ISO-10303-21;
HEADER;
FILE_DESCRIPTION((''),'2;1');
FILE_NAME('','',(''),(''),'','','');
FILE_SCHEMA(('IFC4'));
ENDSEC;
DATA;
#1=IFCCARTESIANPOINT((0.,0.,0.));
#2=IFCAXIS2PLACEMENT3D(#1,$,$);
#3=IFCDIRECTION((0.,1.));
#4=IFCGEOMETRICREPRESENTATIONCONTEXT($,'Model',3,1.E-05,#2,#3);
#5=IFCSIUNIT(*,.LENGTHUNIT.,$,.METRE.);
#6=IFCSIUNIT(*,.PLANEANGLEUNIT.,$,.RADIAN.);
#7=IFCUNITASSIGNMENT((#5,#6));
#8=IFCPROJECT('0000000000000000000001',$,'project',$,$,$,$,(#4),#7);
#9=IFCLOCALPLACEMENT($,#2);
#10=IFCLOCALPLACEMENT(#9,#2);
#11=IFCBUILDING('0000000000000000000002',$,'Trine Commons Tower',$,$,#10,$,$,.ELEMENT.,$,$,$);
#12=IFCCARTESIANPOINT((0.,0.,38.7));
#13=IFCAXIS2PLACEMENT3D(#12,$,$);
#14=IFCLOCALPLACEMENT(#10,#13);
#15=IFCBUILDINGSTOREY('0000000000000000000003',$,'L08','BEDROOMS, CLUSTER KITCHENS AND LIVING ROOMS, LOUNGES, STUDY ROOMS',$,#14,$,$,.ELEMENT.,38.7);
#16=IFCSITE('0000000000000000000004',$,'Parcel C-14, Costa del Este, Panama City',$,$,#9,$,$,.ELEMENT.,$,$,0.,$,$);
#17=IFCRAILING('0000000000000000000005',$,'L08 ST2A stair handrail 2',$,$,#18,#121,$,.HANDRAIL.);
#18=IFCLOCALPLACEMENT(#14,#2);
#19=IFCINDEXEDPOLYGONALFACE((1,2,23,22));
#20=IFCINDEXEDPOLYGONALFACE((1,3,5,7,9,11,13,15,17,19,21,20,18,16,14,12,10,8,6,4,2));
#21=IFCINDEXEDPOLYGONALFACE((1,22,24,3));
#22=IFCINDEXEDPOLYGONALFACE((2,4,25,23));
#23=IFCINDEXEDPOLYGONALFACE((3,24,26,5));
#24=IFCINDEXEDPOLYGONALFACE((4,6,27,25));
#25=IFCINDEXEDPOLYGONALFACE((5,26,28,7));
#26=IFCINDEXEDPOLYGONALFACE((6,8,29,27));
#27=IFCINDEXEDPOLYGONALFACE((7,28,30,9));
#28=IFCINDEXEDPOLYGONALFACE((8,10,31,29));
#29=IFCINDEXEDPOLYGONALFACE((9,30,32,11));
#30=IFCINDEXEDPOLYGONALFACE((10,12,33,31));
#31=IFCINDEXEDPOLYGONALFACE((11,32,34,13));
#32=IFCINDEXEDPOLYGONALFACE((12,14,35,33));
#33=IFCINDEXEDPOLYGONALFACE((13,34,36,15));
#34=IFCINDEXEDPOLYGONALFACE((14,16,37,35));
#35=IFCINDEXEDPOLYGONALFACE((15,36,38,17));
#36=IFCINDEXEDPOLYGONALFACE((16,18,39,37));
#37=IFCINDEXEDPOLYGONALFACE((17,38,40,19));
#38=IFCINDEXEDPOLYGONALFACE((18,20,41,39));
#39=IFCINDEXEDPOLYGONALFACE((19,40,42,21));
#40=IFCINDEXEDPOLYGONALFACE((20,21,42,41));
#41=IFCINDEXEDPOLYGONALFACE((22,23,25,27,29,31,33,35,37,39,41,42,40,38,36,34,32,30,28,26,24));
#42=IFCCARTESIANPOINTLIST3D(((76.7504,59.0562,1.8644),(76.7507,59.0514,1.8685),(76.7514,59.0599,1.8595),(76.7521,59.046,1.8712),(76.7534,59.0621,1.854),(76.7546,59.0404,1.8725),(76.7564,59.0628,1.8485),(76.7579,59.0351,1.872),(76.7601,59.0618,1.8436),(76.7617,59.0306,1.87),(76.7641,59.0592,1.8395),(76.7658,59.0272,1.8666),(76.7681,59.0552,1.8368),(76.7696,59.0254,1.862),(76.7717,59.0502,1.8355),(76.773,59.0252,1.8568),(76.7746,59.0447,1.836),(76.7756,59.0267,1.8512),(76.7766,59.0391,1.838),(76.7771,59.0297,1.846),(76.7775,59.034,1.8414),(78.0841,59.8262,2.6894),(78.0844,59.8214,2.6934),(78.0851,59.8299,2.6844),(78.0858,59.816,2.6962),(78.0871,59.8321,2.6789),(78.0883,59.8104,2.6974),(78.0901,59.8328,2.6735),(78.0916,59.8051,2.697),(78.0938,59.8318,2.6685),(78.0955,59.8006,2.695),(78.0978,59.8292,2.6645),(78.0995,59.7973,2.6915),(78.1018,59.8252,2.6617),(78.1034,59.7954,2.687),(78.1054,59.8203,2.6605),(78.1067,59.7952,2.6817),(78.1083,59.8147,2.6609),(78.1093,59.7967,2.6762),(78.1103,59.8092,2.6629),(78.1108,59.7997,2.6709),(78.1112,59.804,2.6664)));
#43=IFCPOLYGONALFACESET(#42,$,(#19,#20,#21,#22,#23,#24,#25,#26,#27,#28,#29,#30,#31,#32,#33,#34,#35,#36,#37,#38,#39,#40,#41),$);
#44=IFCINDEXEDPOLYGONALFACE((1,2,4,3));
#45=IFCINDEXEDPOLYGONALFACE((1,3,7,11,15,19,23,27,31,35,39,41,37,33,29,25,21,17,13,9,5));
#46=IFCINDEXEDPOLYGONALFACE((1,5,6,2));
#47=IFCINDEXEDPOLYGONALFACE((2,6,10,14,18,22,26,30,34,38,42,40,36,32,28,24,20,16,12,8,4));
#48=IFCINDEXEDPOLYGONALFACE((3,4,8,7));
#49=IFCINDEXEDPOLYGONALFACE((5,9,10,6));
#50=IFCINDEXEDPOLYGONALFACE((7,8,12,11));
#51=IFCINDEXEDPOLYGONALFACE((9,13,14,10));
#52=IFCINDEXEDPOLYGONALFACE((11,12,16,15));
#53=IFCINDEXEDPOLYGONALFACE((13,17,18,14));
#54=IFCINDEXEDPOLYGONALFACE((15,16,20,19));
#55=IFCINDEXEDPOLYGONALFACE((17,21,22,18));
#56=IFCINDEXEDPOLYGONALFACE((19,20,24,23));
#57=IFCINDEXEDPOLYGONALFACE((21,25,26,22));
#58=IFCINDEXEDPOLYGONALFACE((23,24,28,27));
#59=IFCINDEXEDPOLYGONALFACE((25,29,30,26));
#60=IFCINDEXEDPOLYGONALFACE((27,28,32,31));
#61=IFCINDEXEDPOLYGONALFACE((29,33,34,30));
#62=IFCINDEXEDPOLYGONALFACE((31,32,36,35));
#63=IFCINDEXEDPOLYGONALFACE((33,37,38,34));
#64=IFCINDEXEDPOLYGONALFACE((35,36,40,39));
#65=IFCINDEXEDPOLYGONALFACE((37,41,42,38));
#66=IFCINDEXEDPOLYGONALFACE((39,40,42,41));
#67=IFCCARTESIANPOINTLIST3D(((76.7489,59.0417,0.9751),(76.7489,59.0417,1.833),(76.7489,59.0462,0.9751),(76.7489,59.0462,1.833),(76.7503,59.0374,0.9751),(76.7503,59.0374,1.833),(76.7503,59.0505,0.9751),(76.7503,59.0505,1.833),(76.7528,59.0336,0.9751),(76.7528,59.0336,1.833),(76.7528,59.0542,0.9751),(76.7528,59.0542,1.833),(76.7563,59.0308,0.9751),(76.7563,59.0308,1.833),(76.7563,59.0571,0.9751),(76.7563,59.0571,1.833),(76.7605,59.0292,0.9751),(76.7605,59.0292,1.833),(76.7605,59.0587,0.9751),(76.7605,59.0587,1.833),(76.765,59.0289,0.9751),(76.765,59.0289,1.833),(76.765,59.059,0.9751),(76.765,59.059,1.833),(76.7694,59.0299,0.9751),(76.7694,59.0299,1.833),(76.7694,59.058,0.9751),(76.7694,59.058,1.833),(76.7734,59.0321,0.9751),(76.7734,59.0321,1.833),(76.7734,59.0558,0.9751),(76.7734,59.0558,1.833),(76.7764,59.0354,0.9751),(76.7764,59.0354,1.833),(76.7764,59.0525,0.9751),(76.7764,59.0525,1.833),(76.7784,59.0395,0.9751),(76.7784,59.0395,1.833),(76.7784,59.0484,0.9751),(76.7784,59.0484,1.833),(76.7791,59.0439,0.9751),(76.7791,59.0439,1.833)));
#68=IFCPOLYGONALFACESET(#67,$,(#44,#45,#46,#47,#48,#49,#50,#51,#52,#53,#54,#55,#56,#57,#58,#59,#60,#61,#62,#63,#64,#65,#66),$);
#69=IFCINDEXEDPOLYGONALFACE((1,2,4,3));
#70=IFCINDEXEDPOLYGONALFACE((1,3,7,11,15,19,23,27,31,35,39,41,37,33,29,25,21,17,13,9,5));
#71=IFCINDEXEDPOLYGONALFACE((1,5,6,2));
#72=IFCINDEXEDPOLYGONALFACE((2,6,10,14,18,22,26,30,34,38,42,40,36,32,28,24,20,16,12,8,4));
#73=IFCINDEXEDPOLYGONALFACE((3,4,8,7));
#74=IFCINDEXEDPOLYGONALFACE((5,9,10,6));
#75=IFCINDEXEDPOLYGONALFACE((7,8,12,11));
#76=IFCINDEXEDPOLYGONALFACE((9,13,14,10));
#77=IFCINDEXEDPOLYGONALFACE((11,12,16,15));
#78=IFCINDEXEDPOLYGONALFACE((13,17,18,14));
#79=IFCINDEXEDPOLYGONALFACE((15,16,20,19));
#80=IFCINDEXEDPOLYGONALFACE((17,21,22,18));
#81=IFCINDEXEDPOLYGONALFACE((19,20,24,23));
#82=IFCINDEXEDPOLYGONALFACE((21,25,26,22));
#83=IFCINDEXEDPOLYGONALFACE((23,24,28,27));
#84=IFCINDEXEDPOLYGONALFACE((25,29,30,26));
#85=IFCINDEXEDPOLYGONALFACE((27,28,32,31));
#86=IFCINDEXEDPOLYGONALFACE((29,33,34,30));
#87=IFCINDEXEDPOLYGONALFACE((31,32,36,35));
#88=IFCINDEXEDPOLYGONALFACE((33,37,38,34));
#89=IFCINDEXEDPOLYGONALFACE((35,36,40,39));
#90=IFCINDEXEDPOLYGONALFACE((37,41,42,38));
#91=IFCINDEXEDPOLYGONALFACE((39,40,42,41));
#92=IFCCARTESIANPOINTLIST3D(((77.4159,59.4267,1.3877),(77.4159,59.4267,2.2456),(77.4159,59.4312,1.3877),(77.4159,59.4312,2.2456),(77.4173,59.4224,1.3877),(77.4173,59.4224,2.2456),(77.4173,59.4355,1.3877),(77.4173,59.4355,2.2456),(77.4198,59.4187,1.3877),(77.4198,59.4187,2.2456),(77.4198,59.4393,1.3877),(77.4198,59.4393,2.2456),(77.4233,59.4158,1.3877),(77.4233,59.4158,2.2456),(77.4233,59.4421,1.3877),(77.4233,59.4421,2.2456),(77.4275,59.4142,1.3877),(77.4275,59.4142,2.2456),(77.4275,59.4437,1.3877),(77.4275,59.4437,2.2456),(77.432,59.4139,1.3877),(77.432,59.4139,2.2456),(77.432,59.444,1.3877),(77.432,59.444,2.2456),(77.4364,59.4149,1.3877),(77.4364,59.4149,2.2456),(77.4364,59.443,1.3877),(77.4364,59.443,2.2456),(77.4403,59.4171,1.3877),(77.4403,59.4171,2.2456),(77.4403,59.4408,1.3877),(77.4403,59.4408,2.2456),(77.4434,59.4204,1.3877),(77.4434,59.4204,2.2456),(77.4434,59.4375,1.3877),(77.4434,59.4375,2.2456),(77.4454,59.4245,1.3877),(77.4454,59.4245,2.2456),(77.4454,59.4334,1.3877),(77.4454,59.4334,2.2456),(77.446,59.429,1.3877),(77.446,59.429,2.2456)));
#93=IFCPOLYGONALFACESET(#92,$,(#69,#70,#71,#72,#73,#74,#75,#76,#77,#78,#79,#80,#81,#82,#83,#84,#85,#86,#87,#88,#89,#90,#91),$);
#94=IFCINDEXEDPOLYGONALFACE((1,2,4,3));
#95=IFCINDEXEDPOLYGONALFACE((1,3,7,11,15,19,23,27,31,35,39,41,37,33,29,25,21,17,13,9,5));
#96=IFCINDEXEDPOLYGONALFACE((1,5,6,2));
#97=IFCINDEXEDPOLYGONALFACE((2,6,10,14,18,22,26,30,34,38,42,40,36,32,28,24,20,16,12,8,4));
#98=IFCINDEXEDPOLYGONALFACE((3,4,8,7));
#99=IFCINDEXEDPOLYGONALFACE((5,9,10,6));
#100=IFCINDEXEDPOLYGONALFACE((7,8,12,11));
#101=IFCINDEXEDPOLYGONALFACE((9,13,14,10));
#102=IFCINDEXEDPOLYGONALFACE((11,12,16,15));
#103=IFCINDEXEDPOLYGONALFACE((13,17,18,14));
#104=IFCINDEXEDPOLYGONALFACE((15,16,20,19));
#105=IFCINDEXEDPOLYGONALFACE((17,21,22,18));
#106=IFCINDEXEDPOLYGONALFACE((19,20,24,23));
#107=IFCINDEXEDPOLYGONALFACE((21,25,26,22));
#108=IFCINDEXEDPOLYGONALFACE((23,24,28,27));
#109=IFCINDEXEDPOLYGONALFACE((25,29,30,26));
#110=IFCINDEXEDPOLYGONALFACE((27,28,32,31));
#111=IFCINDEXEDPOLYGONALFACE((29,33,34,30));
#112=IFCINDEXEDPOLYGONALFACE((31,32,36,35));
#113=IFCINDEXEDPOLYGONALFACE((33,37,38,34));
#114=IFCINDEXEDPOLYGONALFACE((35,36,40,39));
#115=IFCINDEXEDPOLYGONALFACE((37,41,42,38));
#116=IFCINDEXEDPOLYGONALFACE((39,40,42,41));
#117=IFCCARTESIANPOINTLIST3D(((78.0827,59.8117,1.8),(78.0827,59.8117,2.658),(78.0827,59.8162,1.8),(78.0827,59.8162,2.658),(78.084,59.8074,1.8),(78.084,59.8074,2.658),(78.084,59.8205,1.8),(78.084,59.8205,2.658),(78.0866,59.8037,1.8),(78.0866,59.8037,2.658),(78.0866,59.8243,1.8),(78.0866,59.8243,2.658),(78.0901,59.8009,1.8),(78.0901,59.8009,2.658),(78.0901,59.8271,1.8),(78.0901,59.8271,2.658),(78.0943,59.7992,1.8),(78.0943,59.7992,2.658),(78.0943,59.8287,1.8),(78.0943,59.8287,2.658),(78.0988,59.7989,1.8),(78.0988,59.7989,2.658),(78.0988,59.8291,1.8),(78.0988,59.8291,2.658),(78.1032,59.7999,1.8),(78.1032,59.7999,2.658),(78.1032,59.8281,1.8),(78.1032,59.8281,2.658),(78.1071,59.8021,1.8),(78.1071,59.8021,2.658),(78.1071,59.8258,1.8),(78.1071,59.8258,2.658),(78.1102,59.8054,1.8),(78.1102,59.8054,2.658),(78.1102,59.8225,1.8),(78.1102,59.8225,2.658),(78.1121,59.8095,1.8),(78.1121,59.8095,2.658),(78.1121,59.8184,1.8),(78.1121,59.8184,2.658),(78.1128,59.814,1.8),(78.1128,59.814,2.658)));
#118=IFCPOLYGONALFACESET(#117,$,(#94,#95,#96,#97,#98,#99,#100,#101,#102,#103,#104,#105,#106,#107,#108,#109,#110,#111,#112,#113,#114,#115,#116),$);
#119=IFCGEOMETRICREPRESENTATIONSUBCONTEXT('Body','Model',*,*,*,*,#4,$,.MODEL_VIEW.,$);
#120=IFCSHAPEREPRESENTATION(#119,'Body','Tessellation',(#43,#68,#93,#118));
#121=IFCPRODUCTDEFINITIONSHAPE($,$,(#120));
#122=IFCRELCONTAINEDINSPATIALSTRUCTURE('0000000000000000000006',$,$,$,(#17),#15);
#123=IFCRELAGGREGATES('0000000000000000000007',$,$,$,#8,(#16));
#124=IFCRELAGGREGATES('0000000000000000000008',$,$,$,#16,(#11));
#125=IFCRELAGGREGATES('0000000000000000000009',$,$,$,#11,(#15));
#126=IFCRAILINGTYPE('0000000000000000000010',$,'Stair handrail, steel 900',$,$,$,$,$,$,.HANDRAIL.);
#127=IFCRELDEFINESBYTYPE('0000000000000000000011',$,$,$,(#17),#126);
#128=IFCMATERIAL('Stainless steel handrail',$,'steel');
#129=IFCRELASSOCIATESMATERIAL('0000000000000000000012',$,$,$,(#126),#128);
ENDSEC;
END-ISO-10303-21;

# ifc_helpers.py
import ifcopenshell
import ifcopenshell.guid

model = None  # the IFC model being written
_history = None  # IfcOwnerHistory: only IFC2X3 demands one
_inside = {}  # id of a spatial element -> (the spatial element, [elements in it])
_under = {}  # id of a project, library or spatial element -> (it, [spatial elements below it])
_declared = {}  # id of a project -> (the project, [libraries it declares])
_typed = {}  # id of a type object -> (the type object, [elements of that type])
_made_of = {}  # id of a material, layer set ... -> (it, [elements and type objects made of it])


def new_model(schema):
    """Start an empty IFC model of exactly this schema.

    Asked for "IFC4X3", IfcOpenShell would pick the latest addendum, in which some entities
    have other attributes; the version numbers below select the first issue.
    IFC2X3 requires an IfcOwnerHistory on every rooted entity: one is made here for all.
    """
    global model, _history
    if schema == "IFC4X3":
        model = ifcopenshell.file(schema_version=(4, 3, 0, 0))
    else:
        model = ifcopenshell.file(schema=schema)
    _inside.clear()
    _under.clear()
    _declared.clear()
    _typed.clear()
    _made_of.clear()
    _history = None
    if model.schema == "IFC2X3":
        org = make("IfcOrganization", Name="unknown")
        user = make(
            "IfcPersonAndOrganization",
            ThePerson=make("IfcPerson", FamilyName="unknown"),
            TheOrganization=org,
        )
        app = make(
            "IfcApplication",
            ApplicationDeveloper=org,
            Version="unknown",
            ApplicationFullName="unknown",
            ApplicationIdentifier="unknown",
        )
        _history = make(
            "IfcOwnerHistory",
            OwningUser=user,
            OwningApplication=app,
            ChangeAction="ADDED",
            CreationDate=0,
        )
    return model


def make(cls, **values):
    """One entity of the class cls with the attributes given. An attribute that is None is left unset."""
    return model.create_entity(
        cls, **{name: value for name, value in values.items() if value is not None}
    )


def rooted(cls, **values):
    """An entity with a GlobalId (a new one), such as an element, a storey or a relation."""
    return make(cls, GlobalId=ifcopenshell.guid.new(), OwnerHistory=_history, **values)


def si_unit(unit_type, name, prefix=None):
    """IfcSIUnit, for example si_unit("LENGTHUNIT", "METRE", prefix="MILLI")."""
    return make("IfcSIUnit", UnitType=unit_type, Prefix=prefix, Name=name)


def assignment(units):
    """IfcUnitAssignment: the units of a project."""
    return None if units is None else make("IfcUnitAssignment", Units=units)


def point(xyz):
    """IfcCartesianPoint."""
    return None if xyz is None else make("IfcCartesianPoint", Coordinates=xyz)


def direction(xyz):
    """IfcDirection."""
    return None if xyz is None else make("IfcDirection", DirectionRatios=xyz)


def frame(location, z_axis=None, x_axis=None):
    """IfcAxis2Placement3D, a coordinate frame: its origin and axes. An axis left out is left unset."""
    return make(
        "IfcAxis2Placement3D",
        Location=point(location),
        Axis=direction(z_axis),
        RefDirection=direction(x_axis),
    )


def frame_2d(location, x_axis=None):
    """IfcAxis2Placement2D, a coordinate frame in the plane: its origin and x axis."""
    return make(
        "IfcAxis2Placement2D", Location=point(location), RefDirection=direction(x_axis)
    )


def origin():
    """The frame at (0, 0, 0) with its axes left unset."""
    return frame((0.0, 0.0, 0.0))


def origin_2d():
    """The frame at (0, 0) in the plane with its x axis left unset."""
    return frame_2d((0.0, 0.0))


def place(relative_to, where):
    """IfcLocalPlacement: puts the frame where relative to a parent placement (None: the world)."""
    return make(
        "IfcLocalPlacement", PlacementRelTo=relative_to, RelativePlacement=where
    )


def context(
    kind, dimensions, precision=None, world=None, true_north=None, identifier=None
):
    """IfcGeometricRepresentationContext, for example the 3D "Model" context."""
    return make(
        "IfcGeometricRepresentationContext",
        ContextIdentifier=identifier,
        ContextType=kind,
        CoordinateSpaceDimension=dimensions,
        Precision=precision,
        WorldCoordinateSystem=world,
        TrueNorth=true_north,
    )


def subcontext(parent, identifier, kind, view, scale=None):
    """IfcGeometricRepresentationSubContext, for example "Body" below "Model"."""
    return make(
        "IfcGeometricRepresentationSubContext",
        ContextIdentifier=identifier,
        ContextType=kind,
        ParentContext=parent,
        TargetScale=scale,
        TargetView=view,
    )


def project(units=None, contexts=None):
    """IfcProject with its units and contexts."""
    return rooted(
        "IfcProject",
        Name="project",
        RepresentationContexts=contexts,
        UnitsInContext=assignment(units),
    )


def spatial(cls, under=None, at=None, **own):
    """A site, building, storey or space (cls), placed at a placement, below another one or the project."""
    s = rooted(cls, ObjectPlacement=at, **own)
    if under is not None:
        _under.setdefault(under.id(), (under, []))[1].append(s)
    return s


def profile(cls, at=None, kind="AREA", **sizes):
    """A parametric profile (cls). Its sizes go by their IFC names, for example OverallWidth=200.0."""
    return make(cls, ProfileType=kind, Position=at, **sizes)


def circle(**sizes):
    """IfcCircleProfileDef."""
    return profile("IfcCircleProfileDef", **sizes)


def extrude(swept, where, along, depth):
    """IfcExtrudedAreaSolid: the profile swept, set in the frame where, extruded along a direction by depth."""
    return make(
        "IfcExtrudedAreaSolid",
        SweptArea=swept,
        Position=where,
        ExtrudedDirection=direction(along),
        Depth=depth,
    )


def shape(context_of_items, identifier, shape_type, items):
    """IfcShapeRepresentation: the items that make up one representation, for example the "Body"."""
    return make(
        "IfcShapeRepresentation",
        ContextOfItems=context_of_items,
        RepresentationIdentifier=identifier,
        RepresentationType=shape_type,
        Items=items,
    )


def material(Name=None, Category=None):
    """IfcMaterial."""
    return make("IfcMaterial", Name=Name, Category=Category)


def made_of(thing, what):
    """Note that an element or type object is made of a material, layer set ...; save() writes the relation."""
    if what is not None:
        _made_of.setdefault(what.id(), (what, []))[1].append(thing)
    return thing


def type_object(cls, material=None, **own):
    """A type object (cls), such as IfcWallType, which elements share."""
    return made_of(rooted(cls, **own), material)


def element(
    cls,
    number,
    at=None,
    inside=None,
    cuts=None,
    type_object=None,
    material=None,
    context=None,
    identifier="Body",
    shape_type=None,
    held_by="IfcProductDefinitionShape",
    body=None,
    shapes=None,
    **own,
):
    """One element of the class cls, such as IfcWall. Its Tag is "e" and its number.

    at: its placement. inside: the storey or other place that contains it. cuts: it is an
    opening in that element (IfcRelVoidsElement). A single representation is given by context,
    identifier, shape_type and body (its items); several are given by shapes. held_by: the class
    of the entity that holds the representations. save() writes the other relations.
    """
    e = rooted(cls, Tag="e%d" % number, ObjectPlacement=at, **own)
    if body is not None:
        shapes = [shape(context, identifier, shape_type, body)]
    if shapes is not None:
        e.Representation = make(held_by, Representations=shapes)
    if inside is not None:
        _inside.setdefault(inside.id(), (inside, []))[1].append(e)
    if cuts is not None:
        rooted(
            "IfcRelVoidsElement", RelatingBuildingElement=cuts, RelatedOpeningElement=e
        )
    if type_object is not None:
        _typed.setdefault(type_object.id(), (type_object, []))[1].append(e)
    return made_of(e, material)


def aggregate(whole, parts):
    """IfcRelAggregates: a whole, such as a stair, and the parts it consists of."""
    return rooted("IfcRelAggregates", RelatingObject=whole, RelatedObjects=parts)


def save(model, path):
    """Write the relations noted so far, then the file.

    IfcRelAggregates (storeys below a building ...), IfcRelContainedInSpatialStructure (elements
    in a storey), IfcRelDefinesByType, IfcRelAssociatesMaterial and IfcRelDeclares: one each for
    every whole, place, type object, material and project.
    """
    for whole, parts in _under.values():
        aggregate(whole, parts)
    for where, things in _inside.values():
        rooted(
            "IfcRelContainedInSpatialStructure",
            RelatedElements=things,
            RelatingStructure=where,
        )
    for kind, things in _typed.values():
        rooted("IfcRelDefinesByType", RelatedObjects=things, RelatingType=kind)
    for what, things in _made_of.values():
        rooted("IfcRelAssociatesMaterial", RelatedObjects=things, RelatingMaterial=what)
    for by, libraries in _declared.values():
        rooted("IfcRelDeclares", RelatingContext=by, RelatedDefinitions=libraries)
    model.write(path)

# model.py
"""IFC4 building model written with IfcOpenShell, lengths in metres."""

from ifc_helpers import new_model, si_unit, direction, frame, origin, origin_2d, place, context, subcontext, project, spatial, circle, extrude, material, type_object, element, save


model = new_model("IFC4")

# Units and contexts
model_context = context("Model", 3, precision=1e-05, world=origin(), true_north=direction((0.0, 1.0)))
body_context = subcontext(model_context, "Body", "Model", "MODEL_VIEW")
ifc_project = project(units=[si_unit("LENGTHUNIT", "METRE"), si_unit("PLANEANGLEUNIT", "RADIAN")], contexts=[model_context])

# Site, building, storey
site_placement = place(None, origin())
site = spatial("IfcSite", under=ifc_project, at=site_placement, Name="Parcel C-14, Costa del Este, Panama City", CompositionType="ELEMENT", RefElevation=0.0)
building_placement = place(site_placement, origin())
building = spatial("IfcBuilding", under=site, at=building_placement, Name="Trine Commons Tower", CompositionType="ELEMENT")
storey_placement = place(building_placement, frame((0.0, 0.0, 38.7)))
storey = spatial("IfcBuildingStorey", under=building, at=storey_placement, Name="L08", Description="BEDROOMS, CLUSTER KITCHENS AND LIVING ROOMS, LOUNGES, STUDY ROOMS", CompositionType="ELEMENT", Elevation=38.7)

# Railing
ifc_material_1 = material(Name="Stainless steel handrail", Category="steel")
railing_type_1 = type_object("IfcRailingType", Name="Stair handrail, steel 900", PredefinedType="HANDRAIL", material=ifc_material_1)
for number, where, name in (
    (1, (76.7639, 59.0439, 0.9751), "L08 ST2A stair handrail 2"),
):
    element("IfcRailing", number, at=place(storey_placement, frame(where)), inside=storey, type_object=railing_type_1, Name=name, PredefinedType="HANDRAIL", context=body_context, shape_type="SweptSolid", body=[
        extrude(circle(Radius=0.021, at=origin_2d()), frame((0.0, 0.0, 0.8789), z_axis=(0.763405, 0.440743, 0.472185), x_axis=(-0.499992, 0.86603, 0.0)), (0.0, 0.0, 1.0), 1.7471),
        extrude(circle(Radius=0.0151, at=origin_2d()), origin(), (0.0, 0.0, 1.0), 0.8579),
        extrude(circle(Radius=0.0151, at=origin_2d()), frame((0.667, 0.385, 0.4126)), (0.0, 0.0, 1.0), 0.8579),
        extrude(circle(Radius=0.0151, at=origin_2d()), frame((1.3337, 0.77, 0.825)), (0.0, 0.0, 1.0), 0.8579),
    ])

save(model, "model.ifc")
